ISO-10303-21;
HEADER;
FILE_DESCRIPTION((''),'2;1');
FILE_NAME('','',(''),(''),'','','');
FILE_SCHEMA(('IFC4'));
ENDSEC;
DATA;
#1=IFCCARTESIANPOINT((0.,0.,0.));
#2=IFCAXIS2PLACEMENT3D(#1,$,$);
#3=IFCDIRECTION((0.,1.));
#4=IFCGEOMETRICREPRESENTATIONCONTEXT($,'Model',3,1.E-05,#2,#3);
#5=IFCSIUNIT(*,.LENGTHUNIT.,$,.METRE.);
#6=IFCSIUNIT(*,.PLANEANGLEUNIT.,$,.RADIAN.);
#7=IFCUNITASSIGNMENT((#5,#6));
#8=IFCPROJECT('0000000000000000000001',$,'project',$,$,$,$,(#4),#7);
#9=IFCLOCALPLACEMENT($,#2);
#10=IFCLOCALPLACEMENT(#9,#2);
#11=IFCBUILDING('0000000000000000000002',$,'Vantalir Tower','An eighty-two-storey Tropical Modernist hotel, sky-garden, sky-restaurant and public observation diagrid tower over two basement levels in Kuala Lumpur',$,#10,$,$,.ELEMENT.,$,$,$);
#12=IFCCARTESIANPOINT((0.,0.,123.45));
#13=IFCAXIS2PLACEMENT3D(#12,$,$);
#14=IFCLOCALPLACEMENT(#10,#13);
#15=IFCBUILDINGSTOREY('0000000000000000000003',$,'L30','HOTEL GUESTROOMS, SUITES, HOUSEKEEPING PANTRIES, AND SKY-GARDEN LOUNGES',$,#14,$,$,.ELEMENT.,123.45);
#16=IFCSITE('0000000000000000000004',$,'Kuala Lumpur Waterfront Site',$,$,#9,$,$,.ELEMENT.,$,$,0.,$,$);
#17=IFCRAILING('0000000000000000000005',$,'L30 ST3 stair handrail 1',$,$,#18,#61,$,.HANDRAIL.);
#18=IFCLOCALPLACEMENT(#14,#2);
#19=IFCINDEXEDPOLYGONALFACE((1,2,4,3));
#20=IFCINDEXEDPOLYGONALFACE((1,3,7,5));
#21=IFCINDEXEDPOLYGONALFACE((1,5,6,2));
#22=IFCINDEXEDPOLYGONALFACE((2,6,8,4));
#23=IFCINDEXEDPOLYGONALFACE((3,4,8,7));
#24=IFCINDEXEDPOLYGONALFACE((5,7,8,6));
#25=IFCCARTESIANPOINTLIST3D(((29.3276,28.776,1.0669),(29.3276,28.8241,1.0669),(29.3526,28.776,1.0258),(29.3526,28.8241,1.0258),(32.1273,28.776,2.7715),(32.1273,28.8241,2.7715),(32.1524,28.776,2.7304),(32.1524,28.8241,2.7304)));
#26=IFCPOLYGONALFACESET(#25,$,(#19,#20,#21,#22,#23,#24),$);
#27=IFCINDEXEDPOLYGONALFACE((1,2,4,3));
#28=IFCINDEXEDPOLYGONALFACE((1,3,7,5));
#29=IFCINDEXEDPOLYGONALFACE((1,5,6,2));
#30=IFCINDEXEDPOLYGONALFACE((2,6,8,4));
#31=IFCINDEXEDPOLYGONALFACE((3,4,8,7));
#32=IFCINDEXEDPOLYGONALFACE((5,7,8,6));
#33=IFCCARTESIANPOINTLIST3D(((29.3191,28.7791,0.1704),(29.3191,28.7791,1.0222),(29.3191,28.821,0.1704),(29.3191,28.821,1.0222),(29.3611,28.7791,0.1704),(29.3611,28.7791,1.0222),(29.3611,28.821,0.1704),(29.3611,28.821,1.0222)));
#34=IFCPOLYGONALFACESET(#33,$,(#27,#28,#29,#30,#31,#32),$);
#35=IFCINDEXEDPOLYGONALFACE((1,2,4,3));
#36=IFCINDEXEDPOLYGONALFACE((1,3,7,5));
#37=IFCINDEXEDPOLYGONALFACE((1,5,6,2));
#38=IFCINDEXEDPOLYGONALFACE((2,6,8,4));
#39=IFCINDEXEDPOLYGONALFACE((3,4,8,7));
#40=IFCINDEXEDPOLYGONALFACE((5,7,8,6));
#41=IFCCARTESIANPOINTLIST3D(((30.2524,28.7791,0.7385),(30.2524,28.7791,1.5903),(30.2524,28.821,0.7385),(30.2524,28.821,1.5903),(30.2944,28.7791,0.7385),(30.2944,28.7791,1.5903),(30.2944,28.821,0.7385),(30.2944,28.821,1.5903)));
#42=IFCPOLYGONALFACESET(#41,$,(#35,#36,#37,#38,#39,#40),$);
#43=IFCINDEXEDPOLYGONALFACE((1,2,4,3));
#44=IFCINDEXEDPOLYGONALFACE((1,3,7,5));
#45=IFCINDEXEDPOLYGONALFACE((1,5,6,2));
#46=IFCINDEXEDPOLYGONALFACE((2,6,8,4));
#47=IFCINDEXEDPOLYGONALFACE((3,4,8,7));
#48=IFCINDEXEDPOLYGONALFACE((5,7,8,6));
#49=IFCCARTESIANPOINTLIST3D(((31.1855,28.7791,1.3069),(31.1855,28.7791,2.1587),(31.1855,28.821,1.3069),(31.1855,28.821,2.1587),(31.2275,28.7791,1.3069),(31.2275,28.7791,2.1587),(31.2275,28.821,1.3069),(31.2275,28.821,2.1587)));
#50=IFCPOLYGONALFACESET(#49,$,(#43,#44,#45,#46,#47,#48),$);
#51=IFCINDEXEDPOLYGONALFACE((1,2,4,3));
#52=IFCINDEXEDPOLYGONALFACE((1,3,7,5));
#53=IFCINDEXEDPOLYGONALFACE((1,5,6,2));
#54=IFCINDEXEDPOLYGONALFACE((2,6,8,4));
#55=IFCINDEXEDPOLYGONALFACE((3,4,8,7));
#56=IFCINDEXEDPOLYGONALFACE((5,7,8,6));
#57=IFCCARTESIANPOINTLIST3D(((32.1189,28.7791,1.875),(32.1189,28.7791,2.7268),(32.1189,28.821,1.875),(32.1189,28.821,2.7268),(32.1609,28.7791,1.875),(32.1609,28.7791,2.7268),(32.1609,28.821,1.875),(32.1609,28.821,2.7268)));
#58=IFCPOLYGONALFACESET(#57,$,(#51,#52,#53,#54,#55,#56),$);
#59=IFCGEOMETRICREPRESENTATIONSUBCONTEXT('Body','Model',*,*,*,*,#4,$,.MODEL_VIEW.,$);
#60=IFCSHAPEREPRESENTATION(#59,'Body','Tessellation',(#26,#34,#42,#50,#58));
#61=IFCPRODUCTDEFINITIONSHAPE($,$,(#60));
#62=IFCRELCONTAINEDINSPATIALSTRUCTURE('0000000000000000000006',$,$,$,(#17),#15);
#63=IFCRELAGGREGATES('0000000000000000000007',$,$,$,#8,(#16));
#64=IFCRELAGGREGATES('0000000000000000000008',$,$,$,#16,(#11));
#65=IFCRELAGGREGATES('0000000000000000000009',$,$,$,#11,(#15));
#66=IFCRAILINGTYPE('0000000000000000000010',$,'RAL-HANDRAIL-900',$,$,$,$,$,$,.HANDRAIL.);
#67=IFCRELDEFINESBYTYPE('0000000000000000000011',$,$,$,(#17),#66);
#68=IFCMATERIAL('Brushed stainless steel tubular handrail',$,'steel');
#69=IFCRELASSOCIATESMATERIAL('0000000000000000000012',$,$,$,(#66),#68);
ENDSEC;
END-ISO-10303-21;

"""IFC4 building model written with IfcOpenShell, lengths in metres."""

from ifc_helpers import new_model, si_unit, direction, frame, origin, origin_2d, place, context, subcontext, project, spatial, rectangle, extrude, material, type_object, element, save


model = new_model("IFC4")

# Units and contexts
model_context = context("Model", 3, precision=1e-05, world=origin(), true_north=direction((0.0, 1.0)))
body_context = subcontext(model_context, "Body", "Model", "MODEL_VIEW")
ifc_project = project(units=[si_unit("LENGTHUNIT", "METRE"), si_unit("PLANEANGLEUNIT", "RADIAN")], contexts=[model_context])

# Site, building, storey
site_placement = place(None, origin())
site = spatial("IfcSite", under=ifc_project, at=site_placement, Name="Kuala Lumpur Waterfront Site", CompositionType="ELEMENT", RefElevation=0.0)
building_placement = place(site_placement, origin())
building = spatial("IfcBuilding", under=site, at=building_placement, Name="Vantalir Tower", Description="An eighty-two-storey Tropical Modernist hotel, sky-garden, sky-restaurant and public observation diagrid tower over two basement levels in Kuala Lumpur", CompositionType="ELEMENT")
storey_placement = place(building_placement, frame((0.0, 0.0, 123.45)))
storey = spatial("IfcBuildingStorey", under=building, at=storey_placement, Name="L30", Description="HOTEL GUESTROOMS, SUITES, HOUSEKEEPING PANTRIES, AND SKY-GARDEN LOUNGES", CompositionType="ELEMENT", Elevation=123.45)

# Railing
ifc_material_1 = material(Name="Brushed stainless steel tubular handrail", Category="steel")
railing_type_1 = type_object("IfcRailingType", Name="RAL-HANDRAIL-900", PredefinedType="HANDRAIL", material=ifc_material_1)
railing_1_placement = place(storey_placement, frame((29.3401, 28.8, 0.1704)))
element("IfcRailing", 1, at=railing_1_placement, inside=storey, type_object=railing_type_1, Name="L30 ST3 stair handrail 1", PredefinedType="HANDRAIL", context=body_context, shape_type="SweptSolid", body=[
    extrude(rectangle(XDim=0.0481, YDim=0.0481, at=origin_2d()), frame((0.0, 0.0, 0.876), z_axis=(0.85415, 0.0, 0.520027), x_axis=(0.0, 1.0, 0.0)), (0.0, 0.0, 1.0), 3.2778),
    extrude(rectangle(XDim=0.042, YDim=0.042, at=origin_2d()), origin(), (0.0, 0.0, 1.0), 0.8518),
    extrude(rectangle(XDim=0.042, YDim=0.042, at=origin_2d()), frame((0.9333, 0.0, 0.5681)), (0.0, 0.0, 1.0), 0.8518),
    extrude(rectangle(XDim=0.042, YDim=0.042, at=origin_2d()), frame((1.8665, 0.0, 1.1365)), (0.0, 0.0, 1.0), 0.8518),
    extrude(rectangle(XDim=0.042, YDim=0.042, at=origin_2d()), frame((2.7998, 0.0, 1.7046)), (0.0, 0.0, 1.0), 0.8518),
])

save(model, "model.ifc")
